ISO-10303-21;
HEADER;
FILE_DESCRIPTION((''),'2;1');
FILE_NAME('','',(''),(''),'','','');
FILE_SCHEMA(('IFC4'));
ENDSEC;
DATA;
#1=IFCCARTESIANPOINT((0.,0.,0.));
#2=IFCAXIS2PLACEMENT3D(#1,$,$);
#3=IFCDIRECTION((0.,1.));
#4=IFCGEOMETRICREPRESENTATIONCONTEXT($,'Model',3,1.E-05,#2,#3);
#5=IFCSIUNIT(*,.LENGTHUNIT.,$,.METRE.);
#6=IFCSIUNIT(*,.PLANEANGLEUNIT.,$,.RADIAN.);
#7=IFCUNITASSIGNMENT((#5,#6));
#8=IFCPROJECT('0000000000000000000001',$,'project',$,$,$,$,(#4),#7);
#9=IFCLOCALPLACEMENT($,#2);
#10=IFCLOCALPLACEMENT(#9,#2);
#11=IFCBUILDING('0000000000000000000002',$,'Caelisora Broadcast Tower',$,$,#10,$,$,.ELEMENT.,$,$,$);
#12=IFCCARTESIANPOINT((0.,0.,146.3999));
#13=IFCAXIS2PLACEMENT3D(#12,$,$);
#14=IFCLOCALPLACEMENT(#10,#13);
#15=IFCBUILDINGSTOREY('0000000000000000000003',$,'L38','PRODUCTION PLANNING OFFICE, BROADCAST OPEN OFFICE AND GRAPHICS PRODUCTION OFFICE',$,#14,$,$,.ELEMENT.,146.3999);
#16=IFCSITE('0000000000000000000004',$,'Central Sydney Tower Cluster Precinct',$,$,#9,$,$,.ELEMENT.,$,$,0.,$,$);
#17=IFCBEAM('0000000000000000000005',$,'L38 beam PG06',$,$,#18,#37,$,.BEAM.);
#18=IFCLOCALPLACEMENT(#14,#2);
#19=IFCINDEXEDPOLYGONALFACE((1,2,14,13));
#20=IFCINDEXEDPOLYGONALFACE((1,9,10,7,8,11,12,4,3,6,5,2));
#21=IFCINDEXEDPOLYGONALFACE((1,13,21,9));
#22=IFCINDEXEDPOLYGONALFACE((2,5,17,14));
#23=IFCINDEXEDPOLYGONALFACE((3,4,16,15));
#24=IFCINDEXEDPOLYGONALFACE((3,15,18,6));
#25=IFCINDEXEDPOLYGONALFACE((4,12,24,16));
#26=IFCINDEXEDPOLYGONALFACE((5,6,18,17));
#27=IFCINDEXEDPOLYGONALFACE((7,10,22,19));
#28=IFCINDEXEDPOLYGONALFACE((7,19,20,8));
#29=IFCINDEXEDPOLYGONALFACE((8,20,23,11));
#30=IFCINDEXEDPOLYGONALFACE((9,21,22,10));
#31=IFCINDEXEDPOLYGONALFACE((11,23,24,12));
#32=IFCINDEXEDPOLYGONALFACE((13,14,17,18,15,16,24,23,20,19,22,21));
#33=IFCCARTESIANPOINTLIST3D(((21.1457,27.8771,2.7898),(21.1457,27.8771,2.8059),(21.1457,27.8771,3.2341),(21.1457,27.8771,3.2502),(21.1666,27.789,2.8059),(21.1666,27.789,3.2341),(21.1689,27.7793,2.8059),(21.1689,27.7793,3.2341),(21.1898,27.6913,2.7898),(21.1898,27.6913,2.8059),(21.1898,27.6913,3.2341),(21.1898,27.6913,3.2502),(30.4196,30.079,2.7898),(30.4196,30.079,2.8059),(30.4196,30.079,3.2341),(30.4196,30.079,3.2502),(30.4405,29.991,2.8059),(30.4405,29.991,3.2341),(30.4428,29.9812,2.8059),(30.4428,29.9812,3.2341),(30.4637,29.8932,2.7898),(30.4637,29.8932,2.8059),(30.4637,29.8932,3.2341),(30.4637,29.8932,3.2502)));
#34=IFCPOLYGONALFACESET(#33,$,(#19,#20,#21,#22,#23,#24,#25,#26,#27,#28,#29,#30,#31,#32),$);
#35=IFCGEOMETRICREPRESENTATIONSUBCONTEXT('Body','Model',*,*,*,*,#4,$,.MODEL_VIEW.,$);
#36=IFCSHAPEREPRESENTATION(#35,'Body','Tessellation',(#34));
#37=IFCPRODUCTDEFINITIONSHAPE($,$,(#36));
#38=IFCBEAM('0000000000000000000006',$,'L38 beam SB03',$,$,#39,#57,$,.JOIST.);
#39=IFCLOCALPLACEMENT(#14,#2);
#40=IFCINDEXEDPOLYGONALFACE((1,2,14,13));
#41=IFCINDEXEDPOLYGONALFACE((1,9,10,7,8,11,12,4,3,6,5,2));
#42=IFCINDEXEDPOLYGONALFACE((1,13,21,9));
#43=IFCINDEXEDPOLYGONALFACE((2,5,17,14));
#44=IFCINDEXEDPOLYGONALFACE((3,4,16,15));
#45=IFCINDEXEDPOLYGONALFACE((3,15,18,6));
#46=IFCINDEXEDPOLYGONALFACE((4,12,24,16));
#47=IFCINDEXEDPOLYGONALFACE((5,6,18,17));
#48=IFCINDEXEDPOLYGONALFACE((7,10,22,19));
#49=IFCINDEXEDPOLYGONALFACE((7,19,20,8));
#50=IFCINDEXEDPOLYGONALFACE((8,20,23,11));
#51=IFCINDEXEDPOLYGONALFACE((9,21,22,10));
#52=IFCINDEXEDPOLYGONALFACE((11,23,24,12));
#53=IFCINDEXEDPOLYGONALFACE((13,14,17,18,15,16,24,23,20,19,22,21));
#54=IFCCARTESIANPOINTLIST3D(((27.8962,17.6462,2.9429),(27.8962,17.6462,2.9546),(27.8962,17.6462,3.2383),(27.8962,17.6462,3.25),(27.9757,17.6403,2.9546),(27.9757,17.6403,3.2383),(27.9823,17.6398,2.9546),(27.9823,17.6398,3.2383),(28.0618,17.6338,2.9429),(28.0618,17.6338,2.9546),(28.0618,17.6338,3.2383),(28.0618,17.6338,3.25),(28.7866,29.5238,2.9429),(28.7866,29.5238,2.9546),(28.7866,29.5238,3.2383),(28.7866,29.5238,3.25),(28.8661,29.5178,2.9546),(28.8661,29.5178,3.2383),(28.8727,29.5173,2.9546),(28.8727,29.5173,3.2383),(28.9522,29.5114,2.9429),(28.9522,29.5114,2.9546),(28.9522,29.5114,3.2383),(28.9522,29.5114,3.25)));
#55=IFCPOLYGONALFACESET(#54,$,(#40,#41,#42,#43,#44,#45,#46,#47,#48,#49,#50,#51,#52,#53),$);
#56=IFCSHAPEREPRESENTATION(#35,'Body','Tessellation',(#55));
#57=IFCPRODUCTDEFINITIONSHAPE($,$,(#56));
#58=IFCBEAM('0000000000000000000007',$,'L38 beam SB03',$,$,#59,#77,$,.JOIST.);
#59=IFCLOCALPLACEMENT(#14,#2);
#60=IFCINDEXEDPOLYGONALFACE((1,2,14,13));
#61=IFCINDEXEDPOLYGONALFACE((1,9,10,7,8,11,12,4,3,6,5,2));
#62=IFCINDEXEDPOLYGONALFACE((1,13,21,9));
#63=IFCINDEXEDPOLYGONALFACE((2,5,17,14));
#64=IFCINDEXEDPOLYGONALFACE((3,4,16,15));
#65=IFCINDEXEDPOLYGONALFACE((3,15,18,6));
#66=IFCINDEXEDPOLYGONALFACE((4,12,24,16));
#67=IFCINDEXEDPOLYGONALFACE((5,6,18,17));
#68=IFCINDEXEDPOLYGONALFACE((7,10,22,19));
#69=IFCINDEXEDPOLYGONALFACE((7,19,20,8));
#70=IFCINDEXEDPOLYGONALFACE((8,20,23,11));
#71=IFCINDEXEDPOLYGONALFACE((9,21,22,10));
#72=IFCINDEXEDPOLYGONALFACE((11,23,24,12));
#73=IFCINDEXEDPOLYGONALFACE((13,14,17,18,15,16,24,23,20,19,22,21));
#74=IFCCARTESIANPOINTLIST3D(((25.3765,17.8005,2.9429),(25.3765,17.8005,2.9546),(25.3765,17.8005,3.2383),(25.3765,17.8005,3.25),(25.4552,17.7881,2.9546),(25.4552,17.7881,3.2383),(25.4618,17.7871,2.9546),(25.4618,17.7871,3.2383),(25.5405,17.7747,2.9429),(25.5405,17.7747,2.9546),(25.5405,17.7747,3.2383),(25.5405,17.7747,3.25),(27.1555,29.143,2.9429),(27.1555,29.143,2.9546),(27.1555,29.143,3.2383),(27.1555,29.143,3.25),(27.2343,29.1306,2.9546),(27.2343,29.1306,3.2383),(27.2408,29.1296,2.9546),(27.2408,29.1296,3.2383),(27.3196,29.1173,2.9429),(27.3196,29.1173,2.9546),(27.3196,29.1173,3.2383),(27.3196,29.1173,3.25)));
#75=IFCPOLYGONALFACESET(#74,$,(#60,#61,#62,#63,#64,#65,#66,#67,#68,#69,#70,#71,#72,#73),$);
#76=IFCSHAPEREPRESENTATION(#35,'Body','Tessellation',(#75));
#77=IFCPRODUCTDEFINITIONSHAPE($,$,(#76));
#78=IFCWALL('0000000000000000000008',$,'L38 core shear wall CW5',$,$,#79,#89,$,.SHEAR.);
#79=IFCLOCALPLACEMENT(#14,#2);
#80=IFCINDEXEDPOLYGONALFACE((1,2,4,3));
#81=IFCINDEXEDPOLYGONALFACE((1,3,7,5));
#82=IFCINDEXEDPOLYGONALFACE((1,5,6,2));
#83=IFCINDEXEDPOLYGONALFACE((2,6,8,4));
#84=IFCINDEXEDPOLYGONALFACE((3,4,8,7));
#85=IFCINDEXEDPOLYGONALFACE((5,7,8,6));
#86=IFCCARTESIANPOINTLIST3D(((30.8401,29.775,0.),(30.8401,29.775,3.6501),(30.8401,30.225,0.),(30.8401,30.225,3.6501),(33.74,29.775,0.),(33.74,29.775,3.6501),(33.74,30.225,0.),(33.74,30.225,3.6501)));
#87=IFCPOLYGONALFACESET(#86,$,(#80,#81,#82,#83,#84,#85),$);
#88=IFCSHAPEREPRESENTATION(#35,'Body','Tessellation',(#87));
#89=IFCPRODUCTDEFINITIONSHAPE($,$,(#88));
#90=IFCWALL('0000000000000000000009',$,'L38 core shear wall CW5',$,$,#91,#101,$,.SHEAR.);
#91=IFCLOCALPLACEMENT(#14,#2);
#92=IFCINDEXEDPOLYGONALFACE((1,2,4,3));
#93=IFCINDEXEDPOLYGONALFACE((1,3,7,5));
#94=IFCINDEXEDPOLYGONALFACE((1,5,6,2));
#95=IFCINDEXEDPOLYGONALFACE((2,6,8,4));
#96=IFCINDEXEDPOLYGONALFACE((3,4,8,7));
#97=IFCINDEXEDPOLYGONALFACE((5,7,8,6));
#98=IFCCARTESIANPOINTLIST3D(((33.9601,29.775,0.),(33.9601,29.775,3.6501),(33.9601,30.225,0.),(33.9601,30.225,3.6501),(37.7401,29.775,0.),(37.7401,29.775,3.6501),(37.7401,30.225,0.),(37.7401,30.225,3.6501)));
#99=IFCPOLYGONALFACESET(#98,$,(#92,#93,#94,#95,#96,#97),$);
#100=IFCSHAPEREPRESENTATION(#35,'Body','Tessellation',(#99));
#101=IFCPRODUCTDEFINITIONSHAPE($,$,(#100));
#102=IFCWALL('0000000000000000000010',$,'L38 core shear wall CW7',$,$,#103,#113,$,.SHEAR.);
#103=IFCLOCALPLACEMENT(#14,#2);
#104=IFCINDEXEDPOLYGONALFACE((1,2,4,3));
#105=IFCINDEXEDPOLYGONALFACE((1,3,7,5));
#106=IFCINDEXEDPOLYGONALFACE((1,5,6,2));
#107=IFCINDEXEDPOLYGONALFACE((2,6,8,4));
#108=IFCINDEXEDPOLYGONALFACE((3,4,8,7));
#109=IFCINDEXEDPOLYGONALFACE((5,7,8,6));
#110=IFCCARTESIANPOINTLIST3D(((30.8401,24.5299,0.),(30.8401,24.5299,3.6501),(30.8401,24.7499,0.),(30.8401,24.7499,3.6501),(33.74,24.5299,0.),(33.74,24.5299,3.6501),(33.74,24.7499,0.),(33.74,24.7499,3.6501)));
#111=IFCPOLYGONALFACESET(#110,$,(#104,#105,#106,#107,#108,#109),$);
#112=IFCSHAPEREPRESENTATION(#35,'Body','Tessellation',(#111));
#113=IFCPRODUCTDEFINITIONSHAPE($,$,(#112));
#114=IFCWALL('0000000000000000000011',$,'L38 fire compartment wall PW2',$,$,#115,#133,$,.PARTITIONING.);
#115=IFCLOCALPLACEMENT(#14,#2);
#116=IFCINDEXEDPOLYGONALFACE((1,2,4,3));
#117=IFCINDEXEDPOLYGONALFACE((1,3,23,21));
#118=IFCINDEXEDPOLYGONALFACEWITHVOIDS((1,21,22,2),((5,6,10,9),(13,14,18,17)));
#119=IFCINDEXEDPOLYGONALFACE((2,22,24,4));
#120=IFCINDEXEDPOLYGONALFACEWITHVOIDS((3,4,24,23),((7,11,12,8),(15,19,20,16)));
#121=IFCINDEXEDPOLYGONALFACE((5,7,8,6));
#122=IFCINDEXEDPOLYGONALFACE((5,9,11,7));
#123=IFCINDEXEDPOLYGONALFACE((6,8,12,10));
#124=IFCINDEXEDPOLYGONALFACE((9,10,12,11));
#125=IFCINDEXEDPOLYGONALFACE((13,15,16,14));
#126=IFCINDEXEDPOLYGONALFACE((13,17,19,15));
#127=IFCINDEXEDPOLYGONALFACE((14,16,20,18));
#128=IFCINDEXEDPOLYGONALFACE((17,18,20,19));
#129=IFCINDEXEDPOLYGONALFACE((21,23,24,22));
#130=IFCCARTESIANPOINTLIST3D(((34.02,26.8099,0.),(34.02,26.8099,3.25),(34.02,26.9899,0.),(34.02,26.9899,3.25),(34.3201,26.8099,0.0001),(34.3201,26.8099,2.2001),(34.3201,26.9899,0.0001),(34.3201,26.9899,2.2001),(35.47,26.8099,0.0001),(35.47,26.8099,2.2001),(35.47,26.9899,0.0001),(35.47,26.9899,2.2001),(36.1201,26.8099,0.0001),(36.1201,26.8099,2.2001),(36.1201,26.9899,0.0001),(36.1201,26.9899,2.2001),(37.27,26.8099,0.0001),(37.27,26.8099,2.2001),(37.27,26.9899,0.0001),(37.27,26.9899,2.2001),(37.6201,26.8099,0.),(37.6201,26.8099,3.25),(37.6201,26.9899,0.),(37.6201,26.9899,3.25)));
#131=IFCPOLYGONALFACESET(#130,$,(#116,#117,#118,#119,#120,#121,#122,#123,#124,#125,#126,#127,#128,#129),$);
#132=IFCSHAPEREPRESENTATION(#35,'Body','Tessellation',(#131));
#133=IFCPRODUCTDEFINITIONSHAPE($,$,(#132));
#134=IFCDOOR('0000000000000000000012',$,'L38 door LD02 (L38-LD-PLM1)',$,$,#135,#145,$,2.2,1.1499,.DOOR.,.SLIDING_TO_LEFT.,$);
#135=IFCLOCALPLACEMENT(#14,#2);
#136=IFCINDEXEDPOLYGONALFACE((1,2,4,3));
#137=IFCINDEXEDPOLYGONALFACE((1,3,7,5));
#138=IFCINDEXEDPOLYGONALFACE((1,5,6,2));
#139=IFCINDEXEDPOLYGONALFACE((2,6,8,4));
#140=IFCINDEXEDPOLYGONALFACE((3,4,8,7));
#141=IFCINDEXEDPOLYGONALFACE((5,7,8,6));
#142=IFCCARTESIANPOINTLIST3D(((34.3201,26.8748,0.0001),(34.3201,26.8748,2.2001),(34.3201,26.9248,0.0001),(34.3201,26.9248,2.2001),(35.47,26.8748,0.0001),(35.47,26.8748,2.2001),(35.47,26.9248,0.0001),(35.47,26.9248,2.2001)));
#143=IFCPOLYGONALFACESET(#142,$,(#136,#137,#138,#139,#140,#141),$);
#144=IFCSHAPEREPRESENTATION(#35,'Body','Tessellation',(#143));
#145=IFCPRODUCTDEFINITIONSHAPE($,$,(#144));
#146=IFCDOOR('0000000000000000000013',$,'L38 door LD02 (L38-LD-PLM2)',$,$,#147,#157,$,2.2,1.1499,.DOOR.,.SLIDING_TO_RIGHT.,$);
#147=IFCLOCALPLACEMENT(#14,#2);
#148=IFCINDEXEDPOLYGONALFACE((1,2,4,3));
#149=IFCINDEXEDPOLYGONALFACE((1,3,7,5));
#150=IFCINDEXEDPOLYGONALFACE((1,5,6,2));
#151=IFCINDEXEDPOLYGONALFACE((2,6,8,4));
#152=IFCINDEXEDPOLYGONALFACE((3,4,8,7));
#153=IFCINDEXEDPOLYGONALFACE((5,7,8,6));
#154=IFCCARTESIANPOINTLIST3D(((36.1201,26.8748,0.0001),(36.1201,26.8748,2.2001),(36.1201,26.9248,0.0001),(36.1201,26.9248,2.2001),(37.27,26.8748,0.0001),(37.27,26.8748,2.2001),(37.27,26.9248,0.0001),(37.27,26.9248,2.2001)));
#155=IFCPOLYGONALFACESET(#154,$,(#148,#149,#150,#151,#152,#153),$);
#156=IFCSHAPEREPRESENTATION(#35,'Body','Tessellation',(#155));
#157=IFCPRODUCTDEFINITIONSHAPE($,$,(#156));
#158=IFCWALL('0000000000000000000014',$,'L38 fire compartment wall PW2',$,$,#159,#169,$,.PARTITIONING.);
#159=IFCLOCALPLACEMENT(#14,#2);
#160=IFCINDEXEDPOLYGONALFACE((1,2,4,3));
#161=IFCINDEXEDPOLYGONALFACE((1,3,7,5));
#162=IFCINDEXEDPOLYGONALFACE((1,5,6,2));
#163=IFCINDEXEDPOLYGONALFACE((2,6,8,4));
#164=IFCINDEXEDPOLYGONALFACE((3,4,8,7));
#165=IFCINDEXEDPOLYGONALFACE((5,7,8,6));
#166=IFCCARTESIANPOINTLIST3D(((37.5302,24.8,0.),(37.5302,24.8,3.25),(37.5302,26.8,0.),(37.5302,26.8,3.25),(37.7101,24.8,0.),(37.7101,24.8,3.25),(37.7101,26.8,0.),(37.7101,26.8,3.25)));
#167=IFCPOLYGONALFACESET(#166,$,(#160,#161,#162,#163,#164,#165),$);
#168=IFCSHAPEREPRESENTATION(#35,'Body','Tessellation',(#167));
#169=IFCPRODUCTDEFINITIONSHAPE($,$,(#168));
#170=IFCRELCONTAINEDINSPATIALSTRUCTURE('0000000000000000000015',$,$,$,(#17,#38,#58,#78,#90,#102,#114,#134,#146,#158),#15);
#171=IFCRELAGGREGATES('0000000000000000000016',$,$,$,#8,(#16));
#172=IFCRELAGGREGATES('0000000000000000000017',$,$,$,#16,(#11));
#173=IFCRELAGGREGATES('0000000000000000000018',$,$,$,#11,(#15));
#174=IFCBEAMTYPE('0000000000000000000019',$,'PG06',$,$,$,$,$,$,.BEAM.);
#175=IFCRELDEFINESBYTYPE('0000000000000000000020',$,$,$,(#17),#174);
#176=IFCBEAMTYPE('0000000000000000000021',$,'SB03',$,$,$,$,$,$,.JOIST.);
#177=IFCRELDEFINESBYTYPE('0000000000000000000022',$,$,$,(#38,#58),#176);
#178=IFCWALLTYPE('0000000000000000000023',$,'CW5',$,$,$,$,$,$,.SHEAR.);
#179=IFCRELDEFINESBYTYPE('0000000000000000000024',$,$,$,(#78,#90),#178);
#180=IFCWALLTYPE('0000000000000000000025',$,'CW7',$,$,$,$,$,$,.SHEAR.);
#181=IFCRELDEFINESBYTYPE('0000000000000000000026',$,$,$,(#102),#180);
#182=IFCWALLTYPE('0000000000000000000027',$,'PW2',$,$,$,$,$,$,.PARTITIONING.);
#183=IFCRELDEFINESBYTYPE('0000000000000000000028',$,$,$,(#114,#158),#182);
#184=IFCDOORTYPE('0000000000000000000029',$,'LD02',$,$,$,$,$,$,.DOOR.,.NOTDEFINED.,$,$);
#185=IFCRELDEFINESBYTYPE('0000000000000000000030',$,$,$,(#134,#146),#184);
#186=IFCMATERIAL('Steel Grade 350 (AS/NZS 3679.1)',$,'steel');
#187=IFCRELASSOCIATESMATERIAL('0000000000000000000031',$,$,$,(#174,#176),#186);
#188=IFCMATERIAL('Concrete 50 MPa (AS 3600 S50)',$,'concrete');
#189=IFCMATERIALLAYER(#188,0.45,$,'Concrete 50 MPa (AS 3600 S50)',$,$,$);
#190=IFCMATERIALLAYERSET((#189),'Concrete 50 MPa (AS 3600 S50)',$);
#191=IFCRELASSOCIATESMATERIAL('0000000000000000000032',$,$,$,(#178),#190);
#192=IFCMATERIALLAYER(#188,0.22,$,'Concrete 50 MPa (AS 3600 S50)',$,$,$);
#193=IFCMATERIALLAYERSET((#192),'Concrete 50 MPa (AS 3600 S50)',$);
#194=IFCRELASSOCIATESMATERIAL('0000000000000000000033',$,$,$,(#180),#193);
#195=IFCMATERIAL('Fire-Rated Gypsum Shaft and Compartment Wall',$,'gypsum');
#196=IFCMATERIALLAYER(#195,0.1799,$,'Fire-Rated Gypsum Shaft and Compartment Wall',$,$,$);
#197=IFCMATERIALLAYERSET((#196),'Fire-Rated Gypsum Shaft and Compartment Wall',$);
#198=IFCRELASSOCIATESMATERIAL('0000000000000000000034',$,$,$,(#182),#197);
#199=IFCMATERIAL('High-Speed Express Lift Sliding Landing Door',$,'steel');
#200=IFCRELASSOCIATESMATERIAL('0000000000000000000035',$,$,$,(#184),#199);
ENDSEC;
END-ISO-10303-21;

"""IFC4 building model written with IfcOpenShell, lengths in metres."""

from ifc_helpers import new_model, si_unit, direction, frame, frame_2d, origin, origin_2d, place, context, subcontext, project, spatial, rectangle, i_section, extrude, source, transform, mapped, material, layer, layer_set, material_profile, profile_set, type_object, type_shapes, element, fill, save


model = new_model("IFC4")

# Units and contexts
model_context = context("Model", 3, precision=1e-05, world=origin(), true_north=direction((0.0, 1.0)))
body_context = subcontext(model_context, "Body", "Model", "MODEL_VIEW")
ifc_project = project(units=[si_unit("LENGTHUNIT", "METRE"), si_unit("PLANEANGLEUNIT", "RADIAN")], contexts=[model_context])

# Site, building, storey
site_placement = place(None, origin())
site = spatial("IfcSite", under=ifc_project, at=site_placement, Name="Central Sydney Tower Cluster Precinct", CompositionType="ELEMENT", RefElevation=0.0)
building_placement = place(site_placement, origin())
building = spatial("IfcBuilding", under=site, at=building_placement, Name="Caelisora Broadcast Tower", CompositionType="ELEMENT")
storey_placement = place(building_placement, frame((0.0, 0.0, 146.3999)))
storey = spatial("IfcBuildingStorey", under=building, at=storey_placement, Name="L38", Description="PRODUCTION PLANNING OFFICE, BROADCAST OPEN OFFICE AND GRAPHICS PRODUCTION OFFICE", CompositionType="ELEMENT", Elevation=146.3999)

# Beams
ifc_material_1 = material(Name="Concrete 50 MPa (AS 3600 S50)", Category="concrete")
ifc_material_2 = material(Name="Steel Grade 350 (AS/NZS 3679.1)", Category="steel")
ifc_material_profile_1 = material_profile(ifc_material_2, i_section(OverallWidth=0.1909, OverallDepth=0.4604, WebThickness=0.01, FlangeThickness=0.0161, at=origin_2d()), Name="Steel Grade 350 (AS/NZS 3679.1)")
ifc_profile_set_1 = profile_set([ifc_material_profile_1], Name="Steel Grade 350 (AS/NZS 3679.1)")
beam_type_1 = type_object("IfcBeamType", Name="PG06", PredefinedType="BEAM", material=ifc_profile_set_1)
shared_shape_1 = source(origin(), body_context, "Body", "SweptSolid", [
    extrude(i_section(OverallWidth=0.1909, OverallDepth=0.4604, WebThickness=0.01, FlangeThickness=0.0161, at=origin_2d()), origin(), (0.0, 0.0, 1.0), 9.5317),
])
beam_1_placement = place(storey_placement, frame((30.4417, 29.9861, 3.02), z_axis=(-0.972952, -0.231008, 0.0), x_axis=(0.231008, -0.972952, 0.0)))
element("IfcBeam", 1, at=beam_1_placement, inside=storey, type_object=beam_type_1, Name="L38 beam PG06", PredefinedType="BEAM", context=body_context, shape_type="MappedRepresentation", body=[
    mapped(shared_shape_1, transform((0.0, 0.0, 0.0), scale=1.0)),
])
ifc_material_profile_2 = material_profile(ifc_material_2, i_section(OverallWidth=0.166, OverallDepth=0.3071, WebThickness=0.0066, FlangeThickness=0.0117, at=origin_2d()), Name="Steel Grade 350 (AS/NZS 3679.1)")
ifc_profile_set_2 = profile_set([ifc_material_profile_2], Name="Steel Grade 350 (AS/NZS 3679.1)")
beam_type_2 = type_object("IfcBeamType", Name="SB03", PredefinedType="JOIST", material=ifc_profile_set_2)
shared_shape_2 = source(origin(), body_context, "Body", "SweptSolid", [
    extrude(i_section(OverallWidth=0.166, OverallDepth=0.3071, WebThickness=0.0066, FlangeThickness=0.0117, at=origin_2d()), origin(), (0.0, 0.0, 1.0), 11.9109),
])
beam_2_placement = place(storey_placement, frame((28.8694, 29.5176, 3.0964), z_axis=(-0.074754, -0.997202, 0.0), x_axis=(0.997202, -0.074754, 0.0)))
element("IfcBeam", 2, at=beam_2_placement, inside=storey, type_object=beam_type_2, Name="L38 beam SB03", PredefinedType="JOIST", context=body_context, shape_type="MappedRepresentation", body=[
    mapped(shared_shape_2, transform((0.0, 0.0, 0.0), scale=1.0)),
])
shared_shape_3 = source(origin(), body_context, "Body", "SweptSolid", [
    extrude(i_section(OverallWidth=0.166, OverallDepth=0.3071, WebThickness=0.0066, FlangeThickness=0.0117, at=origin_2d()), origin(), (0.0, 0.0, 1.0), 11.4812),
])
type_shapes(beam_type_2, [shared_shape_2, shared_shape_3])
beam_3_placement = place(storey_placement, frame((27.2375, 29.1301, 3.0964), z_axis=(-0.154954, -0.987922, 0.0), x_axis=(0.987922, -0.154954, 0.0)))
element("IfcBeam", 3, at=beam_3_placement, inside=storey, type_object=beam_type_2, Name="L38 beam SB03", PredefinedType="JOIST", context=body_context, shape_type="MappedRepresentation", body=[
    mapped(shared_shape_3, transform((0.0, 0.0, 0.0), scale=1.0)),
])

# Walls
ifc_layer_1 = layer(ifc_material_1, 0.45, Name="Concrete 50 MPa (AS 3600 S50)")
ifc_layer_set_1 = layer_set([ifc_layer_1], Name="Concrete 50 MPa (AS 3600 S50)")
wall_type_1 = type_object("IfcWallType", Name="CW5", PredefinedType="SHEAR", material=ifc_layer_set_1)
wall_1_placement = place(storey_placement, frame((30.8401, 30.0, 0.0), z_axis=(0.0, 0.0, 1.0), x_axis=(1.0, 0.0, 0.0)))
element("IfcWall", 4, at=wall_1_placement, inside=storey, type_object=wall_type_1, Name="L38 core shear wall CW5", PredefinedType="SHEAR", context=body_context, shape_type="SweptSolid", body=[
    extrude(rectangle(XDim=2.8999, YDim=0.45, at=frame_2d((1.45, 0.0))), origin(), (0.0, 0.0, 1.0), 3.6501),
])
wall_2_placement = place(storey_placement, frame((33.96, 30.0, 0.0), z_axis=(0.0, 0.0, 1.0), x_axis=(1.0, 0.0, 0.0)))
element("IfcWall", 5, at=wall_2_placement, inside=storey, type_object=wall_type_1, Name="L38 core shear wall CW5", PredefinedType="SHEAR", context=body_context, shape_type="SweptSolid", body=[
    extrude(rectangle(XDim=3.78, YDim=0.45, at=frame_2d((1.8901, 0.0))), origin(), (0.0, 0.0, 1.0), 3.6501),
])
ifc_layer_2 = layer(ifc_material_1, 0.22, Name="Concrete 50 MPa (AS 3600 S50)")
ifc_layer_set_2 = layer_set([ifc_layer_2], Name="Concrete 50 MPa (AS 3600 S50)")
wall_type_2 = type_object("IfcWallType", Name="CW7", PredefinedType="SHEAR", material=ifc_layer_set_2)
wall_3_placement = place(storey_placement, frame((30.8401, 24.6399, 0.0), z_axis=(0.0, 0.0, 1.0), x_axis=(1.0, 0.0, 0.0)))
element("IfcWall", 6, at=wall_3_placement, inside=storey, type_object=wall_type_2, Name="L38 core shear wall CW7", PredefinedType="SHEAR", context=body_context, shape_type="SweptSolid", body=[
    extrude(rectangle(XDim=2.8999, YDim=0.22, at=frame_2d((1.45, 0.0))), origin(), (0.0, 0.0, 1.0), 3.6501),
])

# Wall, openings, doors
ifc_material_3 = material(Name="Fire-Rated Gypsum Shaft and Compartment Wall", Category="gypsum")
ifc_layer_3 = layer(ifc_material_3, 0.1799, Name="Fire-Rated Gypsum Shaft and Compartment Wall")
ifc_layer_set_3 = layer_set([ifc_layer_3], Name="Fire-Rated Gypsum Shaft and Compartment Wall")
wall_type_3 = type_object("IfcWallType", Name="PW2", PredefinedType="PARTITIONING", material=ifc_layer_set_3)
wall_4_placement = place(storey_placement, frame((34.02, 26.8999, 0.0), z_axis=(0.0, 0.0, 1.0), x_axis=(1.0, 0.0, 0.0)))
wall_4 = element("IfcWall", 7, at=wall_4_placement, inside=storey, type_object=wall_type_3, Name="L38 fire compartment wall PW2", PredefinedType="PARTITIONING", context=body_context, shape_type="SweptSolid", body=[
    extrude(rectangle(XDim=3.6001, YDim=0.1799, at=frame_2d((1.8, 0.0))), origin(), (0.0, 0.0, 1.0), 3.25),
])
opening_1_placement = place(wall_4_placement, frame((0.3, 0.0, 0.0)))
opening_1 = element("IfcOpeningElement", 8, at=opening_1_placement, cuts=wall_4, PredefinedType="OPENING", context=body_context, shape_type="SweptSolid", body=[
    extrude(rectangle(XDim=1.1499, YDim=2.2, at=frame_2d((0.575, 1.1001))), frame((0.0, 0.1021, 0.0), z_axis=(0.0, -1.0, 0.0), x_axis=(1.0, 0.0, 0.0)), (0.0, 0.0, 1.0), 0.2039),
])
opening_2_placement = place(wall_4_placement, frame((2.1001, 0.0, 0.0)))
opening_2 = element("IfcOpeningElement", 9, at=opening_2_placement, cuts=wall_4, PredefinedType="OPENING", context=body_context, shape_type="SweptSolid", body=[
    extrude(rectangle(XDim=1.1499, YDim=2.2, at=frame_2d((0.575, 1.1001))), frame((0.0, 0.1021, 0.0), z_axis=(0.0, -1.0, 0.0), x_axis=(1.0, 0.0, 0.0)), (0.0, 0.0, 1.0), 0.2039),
])
ifc_material_4 = material(Name="High-Speed Express Lift Sliding Landing Door", Category="steel")
door_type_1 = type_object("IfcDoorType", Name="LD02", OperationType="NOTDEFINED", PredefinedType="DOOR", material=ifc_material_4)
door_1_placement = place(opening_1_placement, origin())
door_1 = element("IfcDoor", 10, at=door_1_placement, inside=storey, type_object=door_type_1, Name="L38 door LD02 (L38-LD-PLM1)", OperationType="SLIDING_TO_LEFT", OverallHeight=2.2, OverallWidth=1.1499, PredefinedType="DOOR", context=body_context, shape_type="SweptSolid", body=[
    extrude(rectangle(XDim=1.1499, YDim=2.2, at=frame_2d((0.575, 1.1001))), frame((0.0, 0.0249, 0.0), z_axis=(0.0, -1.0, 0.0), x_axis=(1.0, 0.0, 0.0)), (0.0, 0.0, 1.0), 0.05),
])
fill(opening_1, door_1)
door_2_placement = place(opening_2_placement, origin())
door_2 = element("IfcDoor", 11, at=door_2_placement, inside=storey, type_object=door_type_1, Name="L38 door LD02 (L38-LD-PLM2)", OperationType="SLIDING_TO_RIGHT", OverallHeight=2.2, OverallWidth=1.1499, PredefinedType="DOOR", context=body_context, shape_type="SweptSolid", body=[
    extrude(rectangle(XDim=1.1499, YDim=2.2, at=frame_2d((0.575, 1.1001))), frame((0.0, 0.0249, 0.0), z_axis=(0.0, -1.0, 0.0), x_axis=(1.0, 0.0, 0.0)), (0.0, 0.0, 1.0), 0.05),
])
fill(opening_2, door_2)

# Wall
wall_5_placement = place(storey_placement, frame((37.6201, 24.8, 0.0), z_axis=(0.0, 0.0, 1.0), x_axis=(0.0, 1.0, 0.0)))
element("IfcWall", 12, at=wall_5_placement, inside=storey, type_object=wall_type_3, Name="L38 fire compartment wall PW2", PredefinedType="PARTITIONING", context=body_context, shape_type="SweptSolid", body=[
    extrude(rectangle(XDim=2.0, YDim=0.1799, at=frame_2d((1.0, 0.0))), origin(), (0.0, 0.0, 1.0), 3.25),
])

save(model, "model.ifc")
